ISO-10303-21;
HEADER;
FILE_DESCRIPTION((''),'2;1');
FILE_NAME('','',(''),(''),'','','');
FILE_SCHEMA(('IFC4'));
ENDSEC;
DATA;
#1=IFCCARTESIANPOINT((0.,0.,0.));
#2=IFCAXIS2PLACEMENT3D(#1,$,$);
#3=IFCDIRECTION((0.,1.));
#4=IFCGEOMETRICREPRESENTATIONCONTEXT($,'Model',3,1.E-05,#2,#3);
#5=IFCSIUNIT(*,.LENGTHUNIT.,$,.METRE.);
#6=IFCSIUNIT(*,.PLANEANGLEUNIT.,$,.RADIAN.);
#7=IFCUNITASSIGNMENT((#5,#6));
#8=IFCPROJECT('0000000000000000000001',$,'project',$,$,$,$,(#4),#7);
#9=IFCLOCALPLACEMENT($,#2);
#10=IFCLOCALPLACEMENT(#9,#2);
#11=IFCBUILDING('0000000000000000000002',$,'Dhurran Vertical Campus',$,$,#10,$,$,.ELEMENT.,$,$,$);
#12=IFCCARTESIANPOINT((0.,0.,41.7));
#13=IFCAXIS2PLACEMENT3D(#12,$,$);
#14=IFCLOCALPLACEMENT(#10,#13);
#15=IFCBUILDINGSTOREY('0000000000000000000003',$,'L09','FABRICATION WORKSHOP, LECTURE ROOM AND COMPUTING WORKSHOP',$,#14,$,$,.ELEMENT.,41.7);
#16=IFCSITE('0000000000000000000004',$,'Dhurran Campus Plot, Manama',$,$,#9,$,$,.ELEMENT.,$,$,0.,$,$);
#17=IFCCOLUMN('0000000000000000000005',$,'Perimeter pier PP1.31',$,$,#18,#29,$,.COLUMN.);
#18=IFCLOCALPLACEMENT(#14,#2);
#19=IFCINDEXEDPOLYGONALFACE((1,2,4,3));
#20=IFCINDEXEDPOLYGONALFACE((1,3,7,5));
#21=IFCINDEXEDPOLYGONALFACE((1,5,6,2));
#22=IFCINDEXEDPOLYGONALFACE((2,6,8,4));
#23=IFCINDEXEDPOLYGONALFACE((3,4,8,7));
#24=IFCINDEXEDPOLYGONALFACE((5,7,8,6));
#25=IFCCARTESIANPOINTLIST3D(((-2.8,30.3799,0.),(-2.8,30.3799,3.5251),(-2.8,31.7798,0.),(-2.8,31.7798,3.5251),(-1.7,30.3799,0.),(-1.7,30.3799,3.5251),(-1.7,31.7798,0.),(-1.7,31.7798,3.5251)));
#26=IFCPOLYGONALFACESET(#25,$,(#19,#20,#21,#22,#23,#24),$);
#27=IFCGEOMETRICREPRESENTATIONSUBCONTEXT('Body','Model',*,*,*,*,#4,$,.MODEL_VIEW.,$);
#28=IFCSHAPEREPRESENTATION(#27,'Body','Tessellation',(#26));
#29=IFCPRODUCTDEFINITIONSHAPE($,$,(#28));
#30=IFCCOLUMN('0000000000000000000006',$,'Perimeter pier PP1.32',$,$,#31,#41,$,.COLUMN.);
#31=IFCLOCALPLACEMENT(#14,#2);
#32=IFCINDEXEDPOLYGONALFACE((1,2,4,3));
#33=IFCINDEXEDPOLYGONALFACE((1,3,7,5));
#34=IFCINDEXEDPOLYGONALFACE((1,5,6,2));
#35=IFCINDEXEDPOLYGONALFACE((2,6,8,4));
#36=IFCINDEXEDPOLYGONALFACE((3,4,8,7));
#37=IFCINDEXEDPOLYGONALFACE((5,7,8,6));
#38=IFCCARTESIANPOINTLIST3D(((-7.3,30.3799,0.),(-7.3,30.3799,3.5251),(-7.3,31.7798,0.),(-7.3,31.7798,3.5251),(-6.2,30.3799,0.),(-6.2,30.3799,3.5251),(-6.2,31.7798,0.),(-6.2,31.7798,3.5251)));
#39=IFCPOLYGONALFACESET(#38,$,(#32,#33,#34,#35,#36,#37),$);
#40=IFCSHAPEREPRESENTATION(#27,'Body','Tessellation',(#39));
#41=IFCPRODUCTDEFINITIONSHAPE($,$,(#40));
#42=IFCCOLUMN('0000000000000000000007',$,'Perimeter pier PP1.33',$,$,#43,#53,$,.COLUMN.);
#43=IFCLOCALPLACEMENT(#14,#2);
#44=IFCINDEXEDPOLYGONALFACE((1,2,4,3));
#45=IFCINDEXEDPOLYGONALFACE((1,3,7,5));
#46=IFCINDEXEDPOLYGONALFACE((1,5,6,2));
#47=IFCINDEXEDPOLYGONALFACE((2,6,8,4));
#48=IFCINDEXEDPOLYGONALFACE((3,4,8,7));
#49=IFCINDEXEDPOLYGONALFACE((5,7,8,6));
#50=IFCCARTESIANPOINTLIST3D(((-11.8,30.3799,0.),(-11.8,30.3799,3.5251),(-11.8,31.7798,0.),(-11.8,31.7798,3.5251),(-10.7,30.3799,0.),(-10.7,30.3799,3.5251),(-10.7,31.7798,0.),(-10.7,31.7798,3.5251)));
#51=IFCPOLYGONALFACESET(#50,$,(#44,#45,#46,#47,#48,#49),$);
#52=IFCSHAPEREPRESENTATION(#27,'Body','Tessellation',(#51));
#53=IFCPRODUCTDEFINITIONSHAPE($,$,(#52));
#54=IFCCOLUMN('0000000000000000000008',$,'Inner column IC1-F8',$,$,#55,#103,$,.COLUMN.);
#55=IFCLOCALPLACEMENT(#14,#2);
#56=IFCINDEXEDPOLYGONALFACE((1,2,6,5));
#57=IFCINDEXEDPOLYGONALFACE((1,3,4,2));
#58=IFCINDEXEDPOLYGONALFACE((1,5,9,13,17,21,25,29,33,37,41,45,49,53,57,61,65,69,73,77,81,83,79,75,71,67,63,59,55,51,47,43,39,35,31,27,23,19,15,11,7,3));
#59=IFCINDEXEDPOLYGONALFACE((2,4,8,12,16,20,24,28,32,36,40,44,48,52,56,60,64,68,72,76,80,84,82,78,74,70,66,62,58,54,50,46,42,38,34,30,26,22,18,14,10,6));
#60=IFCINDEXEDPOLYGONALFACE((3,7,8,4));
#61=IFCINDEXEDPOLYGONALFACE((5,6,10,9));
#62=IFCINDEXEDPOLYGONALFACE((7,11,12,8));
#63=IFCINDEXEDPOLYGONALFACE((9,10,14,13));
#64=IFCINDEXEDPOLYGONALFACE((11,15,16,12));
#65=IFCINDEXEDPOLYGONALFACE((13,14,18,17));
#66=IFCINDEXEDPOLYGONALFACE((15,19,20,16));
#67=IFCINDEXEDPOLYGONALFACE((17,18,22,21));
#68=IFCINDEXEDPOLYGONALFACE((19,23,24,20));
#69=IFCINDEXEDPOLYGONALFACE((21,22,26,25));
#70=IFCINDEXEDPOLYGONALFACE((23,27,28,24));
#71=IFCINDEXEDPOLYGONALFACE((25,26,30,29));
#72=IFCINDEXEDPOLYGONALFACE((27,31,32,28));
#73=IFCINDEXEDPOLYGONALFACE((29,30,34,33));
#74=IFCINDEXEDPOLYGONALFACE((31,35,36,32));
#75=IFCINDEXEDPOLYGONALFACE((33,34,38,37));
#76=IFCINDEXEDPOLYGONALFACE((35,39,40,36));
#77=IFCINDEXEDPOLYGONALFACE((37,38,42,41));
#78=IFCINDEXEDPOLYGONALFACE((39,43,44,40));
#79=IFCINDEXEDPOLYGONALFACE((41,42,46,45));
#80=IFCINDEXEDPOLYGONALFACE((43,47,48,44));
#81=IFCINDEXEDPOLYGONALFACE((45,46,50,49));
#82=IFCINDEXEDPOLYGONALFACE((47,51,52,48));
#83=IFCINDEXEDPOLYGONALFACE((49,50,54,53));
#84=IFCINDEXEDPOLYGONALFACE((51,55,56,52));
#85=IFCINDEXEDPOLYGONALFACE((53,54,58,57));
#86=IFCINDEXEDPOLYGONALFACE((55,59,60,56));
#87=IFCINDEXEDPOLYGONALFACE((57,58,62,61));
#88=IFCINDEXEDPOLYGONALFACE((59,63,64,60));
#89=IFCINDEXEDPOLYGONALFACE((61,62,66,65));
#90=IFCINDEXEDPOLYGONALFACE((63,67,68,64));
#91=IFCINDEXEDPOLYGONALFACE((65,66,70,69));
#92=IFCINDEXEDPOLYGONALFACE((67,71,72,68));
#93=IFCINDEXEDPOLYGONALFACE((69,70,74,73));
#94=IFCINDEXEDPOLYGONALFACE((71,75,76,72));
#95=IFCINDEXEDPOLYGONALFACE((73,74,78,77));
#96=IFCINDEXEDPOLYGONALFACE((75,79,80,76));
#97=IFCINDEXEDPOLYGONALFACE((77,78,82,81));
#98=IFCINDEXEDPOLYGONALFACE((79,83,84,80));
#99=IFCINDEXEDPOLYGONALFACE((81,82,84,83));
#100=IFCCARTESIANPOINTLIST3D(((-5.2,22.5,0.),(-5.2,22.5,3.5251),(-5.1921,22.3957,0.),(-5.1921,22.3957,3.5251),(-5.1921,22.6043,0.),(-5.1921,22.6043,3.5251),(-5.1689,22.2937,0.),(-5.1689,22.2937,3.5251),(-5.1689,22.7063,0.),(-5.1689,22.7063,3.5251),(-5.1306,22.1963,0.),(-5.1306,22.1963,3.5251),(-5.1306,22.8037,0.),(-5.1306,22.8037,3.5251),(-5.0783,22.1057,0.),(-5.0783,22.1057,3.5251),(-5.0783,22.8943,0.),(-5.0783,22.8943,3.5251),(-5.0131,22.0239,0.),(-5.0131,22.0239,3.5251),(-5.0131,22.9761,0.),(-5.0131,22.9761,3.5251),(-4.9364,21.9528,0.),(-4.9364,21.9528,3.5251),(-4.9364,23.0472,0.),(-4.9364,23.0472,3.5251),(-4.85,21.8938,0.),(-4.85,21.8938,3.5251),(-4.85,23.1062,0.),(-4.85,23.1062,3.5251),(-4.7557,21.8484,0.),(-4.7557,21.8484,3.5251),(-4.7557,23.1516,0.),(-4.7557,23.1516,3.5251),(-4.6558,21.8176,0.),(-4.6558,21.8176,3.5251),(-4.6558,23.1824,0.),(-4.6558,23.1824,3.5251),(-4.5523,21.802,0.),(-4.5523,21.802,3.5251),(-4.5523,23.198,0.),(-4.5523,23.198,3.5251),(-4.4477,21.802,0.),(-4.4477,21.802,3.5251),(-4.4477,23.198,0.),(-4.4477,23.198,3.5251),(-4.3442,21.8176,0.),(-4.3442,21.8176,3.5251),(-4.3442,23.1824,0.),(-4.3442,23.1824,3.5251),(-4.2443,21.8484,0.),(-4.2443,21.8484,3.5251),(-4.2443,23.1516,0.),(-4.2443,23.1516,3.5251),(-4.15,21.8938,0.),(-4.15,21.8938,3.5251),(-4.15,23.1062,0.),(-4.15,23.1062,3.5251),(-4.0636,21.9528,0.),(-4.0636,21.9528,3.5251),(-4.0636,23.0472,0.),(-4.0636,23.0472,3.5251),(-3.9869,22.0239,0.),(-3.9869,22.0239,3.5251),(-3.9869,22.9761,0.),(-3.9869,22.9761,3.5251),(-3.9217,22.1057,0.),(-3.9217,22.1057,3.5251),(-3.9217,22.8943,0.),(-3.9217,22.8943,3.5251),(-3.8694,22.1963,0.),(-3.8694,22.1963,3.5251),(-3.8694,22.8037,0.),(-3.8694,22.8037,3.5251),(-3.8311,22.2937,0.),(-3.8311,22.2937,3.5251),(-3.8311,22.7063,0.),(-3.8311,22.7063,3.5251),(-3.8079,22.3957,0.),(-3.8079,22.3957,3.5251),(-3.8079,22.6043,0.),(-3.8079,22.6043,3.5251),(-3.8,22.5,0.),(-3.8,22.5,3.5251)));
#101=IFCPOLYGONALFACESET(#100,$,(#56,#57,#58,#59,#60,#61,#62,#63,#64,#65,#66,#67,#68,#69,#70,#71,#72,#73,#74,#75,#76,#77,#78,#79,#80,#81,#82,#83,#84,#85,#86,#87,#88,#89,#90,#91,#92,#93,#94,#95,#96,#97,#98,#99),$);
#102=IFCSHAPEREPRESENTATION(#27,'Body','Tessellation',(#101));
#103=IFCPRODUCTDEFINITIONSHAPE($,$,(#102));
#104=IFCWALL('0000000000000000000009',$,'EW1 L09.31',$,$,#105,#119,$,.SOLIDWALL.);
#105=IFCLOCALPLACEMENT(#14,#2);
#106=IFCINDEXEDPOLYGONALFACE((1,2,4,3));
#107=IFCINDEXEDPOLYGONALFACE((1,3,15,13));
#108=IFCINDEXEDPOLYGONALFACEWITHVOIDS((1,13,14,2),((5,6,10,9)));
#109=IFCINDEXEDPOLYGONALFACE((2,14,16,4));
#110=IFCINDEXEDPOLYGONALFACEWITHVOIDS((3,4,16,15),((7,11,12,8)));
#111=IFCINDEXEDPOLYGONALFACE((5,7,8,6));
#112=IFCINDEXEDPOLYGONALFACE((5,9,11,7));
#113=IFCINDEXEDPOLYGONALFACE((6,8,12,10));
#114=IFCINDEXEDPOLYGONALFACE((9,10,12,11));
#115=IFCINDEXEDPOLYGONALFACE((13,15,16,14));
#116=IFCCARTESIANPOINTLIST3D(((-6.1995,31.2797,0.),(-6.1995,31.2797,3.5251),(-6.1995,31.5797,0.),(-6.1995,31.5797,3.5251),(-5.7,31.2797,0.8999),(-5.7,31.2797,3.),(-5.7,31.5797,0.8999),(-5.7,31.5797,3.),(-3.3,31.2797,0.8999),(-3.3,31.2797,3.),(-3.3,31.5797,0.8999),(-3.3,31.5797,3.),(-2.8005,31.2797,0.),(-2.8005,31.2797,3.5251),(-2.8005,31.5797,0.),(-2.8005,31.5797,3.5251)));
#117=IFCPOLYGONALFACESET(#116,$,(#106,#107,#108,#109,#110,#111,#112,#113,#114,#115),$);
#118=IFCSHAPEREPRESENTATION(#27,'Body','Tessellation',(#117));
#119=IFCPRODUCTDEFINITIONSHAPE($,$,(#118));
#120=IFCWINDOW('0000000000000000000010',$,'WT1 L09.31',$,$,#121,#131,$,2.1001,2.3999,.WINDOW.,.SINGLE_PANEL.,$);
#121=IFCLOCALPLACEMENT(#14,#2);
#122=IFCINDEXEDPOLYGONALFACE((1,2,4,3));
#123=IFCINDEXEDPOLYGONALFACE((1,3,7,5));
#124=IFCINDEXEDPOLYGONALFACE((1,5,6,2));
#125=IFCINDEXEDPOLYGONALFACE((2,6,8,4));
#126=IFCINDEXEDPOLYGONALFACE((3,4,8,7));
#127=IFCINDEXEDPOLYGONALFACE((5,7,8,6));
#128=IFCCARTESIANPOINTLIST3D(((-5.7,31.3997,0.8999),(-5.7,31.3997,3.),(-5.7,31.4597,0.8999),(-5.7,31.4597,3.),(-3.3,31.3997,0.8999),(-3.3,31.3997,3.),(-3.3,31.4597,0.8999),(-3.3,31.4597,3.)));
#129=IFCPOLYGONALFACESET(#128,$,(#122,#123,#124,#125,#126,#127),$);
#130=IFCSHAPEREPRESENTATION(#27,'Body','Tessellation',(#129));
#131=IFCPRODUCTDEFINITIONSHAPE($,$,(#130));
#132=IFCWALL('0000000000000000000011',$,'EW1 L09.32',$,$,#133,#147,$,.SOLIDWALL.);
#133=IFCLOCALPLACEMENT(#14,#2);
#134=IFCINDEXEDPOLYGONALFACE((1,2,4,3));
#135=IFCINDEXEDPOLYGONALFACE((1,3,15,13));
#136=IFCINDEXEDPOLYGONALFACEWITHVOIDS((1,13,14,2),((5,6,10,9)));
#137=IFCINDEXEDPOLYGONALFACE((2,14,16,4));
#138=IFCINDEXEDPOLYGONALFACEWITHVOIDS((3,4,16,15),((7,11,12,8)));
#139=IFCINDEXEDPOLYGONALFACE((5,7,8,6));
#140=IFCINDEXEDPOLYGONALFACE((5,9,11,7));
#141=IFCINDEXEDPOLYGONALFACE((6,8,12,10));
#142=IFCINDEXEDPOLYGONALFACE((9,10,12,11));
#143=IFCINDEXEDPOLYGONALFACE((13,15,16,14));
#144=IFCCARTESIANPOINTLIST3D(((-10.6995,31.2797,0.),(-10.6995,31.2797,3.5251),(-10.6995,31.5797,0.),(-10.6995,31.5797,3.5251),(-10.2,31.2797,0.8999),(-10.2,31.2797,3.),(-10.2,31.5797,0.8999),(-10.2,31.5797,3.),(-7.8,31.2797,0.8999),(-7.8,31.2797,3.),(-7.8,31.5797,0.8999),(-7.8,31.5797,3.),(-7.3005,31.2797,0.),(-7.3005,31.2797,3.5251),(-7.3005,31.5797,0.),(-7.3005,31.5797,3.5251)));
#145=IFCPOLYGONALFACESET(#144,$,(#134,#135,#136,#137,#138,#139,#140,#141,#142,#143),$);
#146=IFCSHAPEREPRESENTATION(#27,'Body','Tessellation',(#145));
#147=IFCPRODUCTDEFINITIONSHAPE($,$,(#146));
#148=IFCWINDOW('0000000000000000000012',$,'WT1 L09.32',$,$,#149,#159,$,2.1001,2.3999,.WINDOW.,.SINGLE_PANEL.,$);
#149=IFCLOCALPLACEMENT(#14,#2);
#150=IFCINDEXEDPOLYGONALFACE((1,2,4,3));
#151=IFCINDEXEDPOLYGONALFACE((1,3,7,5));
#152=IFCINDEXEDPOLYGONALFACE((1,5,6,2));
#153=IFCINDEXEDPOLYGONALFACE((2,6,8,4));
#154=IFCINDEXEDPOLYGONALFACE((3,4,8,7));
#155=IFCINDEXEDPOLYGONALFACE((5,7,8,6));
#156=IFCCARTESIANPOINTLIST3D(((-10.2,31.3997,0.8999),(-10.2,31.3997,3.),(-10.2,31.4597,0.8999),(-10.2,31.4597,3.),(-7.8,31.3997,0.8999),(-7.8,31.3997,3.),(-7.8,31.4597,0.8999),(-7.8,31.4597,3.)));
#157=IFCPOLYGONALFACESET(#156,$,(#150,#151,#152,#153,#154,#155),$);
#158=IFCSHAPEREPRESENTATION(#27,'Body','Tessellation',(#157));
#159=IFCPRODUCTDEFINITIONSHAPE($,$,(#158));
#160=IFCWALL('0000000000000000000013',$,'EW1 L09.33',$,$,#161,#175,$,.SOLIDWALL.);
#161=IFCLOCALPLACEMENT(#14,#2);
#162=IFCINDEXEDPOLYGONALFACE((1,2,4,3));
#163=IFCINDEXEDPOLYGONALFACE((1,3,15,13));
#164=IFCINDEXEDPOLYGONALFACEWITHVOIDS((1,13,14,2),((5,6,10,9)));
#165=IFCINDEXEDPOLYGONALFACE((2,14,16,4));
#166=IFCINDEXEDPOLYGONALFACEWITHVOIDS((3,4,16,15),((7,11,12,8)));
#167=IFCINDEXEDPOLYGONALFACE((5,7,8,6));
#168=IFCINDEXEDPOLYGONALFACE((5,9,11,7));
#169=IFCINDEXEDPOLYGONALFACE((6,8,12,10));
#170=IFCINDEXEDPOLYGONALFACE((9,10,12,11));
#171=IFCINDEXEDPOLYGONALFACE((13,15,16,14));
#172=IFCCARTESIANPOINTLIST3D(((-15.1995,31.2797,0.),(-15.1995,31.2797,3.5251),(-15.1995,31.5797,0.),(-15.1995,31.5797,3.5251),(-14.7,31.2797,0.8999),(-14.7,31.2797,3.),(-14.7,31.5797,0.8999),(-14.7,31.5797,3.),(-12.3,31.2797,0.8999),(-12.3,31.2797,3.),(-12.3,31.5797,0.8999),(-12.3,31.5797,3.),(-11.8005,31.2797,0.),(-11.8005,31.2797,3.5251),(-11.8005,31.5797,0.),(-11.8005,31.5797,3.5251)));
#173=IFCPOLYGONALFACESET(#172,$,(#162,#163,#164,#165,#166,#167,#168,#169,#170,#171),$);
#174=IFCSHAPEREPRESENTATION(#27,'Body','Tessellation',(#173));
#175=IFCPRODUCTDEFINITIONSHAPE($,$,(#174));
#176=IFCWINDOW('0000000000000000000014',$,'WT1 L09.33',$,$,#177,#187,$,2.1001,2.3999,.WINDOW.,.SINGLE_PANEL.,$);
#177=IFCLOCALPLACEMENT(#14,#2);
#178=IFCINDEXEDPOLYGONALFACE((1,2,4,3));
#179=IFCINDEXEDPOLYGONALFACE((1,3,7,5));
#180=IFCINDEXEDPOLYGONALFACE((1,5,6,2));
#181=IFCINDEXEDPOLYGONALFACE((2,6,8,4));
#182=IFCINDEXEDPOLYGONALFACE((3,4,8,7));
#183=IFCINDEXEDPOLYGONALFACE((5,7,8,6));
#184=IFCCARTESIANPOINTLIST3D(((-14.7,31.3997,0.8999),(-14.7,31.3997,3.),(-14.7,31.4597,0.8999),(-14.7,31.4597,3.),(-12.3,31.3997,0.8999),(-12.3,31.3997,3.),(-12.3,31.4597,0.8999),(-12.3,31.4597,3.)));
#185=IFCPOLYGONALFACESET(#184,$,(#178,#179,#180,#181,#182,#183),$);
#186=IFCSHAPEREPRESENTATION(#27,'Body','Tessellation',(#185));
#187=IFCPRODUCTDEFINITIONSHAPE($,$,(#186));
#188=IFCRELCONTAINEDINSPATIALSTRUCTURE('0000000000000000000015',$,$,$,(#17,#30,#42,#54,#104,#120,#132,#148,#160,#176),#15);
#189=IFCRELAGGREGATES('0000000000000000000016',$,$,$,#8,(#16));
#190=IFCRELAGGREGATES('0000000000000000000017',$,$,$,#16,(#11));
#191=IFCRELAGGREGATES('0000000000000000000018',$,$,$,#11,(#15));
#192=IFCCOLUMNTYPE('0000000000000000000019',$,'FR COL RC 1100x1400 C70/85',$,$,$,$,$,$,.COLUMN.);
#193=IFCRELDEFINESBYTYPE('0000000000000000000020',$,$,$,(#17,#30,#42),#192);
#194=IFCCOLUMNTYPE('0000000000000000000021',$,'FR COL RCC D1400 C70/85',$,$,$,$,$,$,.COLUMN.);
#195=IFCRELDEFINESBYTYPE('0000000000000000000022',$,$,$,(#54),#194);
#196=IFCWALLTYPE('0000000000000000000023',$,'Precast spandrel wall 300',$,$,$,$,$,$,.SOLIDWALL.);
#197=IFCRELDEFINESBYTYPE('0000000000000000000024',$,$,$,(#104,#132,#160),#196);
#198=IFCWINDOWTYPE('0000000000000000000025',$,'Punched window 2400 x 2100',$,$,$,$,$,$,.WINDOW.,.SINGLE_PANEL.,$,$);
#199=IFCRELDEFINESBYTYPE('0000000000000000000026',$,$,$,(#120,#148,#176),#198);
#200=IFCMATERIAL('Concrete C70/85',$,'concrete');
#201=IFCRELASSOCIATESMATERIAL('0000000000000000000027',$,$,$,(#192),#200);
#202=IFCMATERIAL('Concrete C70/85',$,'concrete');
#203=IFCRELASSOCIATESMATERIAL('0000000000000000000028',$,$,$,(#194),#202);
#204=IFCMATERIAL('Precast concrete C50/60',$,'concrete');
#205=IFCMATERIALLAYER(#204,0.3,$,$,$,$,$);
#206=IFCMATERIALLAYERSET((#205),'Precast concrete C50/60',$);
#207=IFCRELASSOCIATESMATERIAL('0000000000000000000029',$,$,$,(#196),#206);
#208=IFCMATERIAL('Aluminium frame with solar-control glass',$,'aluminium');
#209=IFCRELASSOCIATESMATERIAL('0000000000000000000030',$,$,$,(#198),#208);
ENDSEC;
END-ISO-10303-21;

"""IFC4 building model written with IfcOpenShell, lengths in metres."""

from ifc_helpers import new_model, si_unit, direction, frame, frame_2d, origin, origin_2d, place, context, subcontext, project, spatial, rectangle, circle, extrude, material, layer, layer_set, material_profile, profile_set, type_object, element, fill, save


model = new_model("IFC4")

# Units and contexts
model_context = context("Model", 3, precision=1e-05, world=origin(), true_north=direction((0.0, 1.0)))
body_context = subcontext(model_context, "Body", "Model", "MODEL_VIEW")
ifc_project = project(units=[si_unit("LENGTHUNIT", "METRE"), si_unit("PLANEANGLEUNIT", "RADIAN")], contexts=[model_context])

# Site, building, storey
site_placement = place(None, origin())
site = spatial("IfcSite", under=ifc_project, at=site_placement, Name="Dhurran Campus Plot, Manama", CompositionType="ELEMENT", RefElevation=0.0)
building_placement = place(site_placement, origin())
building = spatial("IfcBuilding", under=site, at=building_placement, Name="Dhurran Vertical Campus", CompositionType="ELEMENT")
storey_placement = place(building_placement, frame((0.0, 0.0, 41.7)))
storey = spatial("IfcBuildingStorey", under=building, at=storey_placement, Name="L09", Description="FABRICATION WORKSHOP, LECTURE ROOM AND COMPUTING WORKSHOP", CompositionType="ELEMENT", Elevation=41.7)

# Columns
ifc_material_1 = material(Name="Concrete C70/85", Category="concrete")
ifc_material_profile_1 = material_profile(ifc_material_1, rectangle(XDim=1.1001, YDim=1.3999, at=origin_2d()), Name="RC 1100x1400")
ifc_profile_set_1 = profile_set([ifc_material_profile_1], Name="Concrete C70/85")
column_type_1 = type_object("IfcColumnType", Name="FR COL RC 1100x1400 C70/85", PredefinedType="COLUMN", material=ifc_profile_set_1)
for number, where, z_axis, x_axis, name in (
    (1, (-2.25, 31.0798, 0.0), (0.0, 0.0, 1.0), (-1.0, 0.0, 0.0), "Perimeter pier PP1.31"),
    (2, (-6.75, 31.0798, 0.0), (0.0, 0.0, 1.0), (-1.0, 0.0, 0.0), "Perimeter pier PP1.32"),
    (3, (-11.25, 31.0798, 0.0), (0.0, 0.0, 1.0), (-1.0, 0.0, 0.0), "Perimeter pier PP1.33"),
):
    element("IfcColumn", number, at=place(storey_placement, frame(where, z_axis=z_axis, x_axis=x_axis)), inside=storey, type_object=column_type_1, Name=name, PredefinedType="COLUMN", context=body_context, shape_type="SweptSolid", body=[
        extrude(rectangle(XDim=1.1001, YDim=1.3999, at=origin_2d()), origin(), (0.0, 0.0, 1.0), 3.5251),
    ])
ifc_material_2 = material(Name="Concrete C70/85", Category="concrete")
ifc_material_profile_2 = material_profile(ifc_material_2, circle(Radius=0.7, at=origin_2d()), Name="RCC D1400")
ifc_profile_set_2 = profile_set([ifc_material_profile_2], Name="Concrete C70/85")
column_type_2 = type_object("IfcColumnType", Name="FR COL RCC D1400 C70/85", PredefinedType="COLUMN", material=ifc_profile_set_2)
column_placement = place(storey_placement, frame((-4.5, 22.5, 0.0), z_axis=(0.0, 0.0, 1.0), x_axis=(1.0, 0.0, 0.0)))
element("IfcColumn", 4, at=column_placement, inside=storey, type_object=column_type_2, Name="Inner column IC1-F8", PredefinedType="COLUMN", context=body_context, shape_type="SweptSolid", body=[
    extrude(circle(Radius=0.7, at=origin_2d()), origin(), (0.0, 0.0, 1.0), 3.5251),
])

# Walls, openings, windows
ifc_material_3 = material(Name="Precast concrete C50/60", Category="concrete")
ifc_layer_1 = layer(ifc_material_3, 0.3)
ifc_layer_set_1 = layer_set([ifc_layer_1], Name="Precast concrete C50/60")
wall_type_1 = type_object("IfcWallType", Name="Precast spandrel wall 300", PredefinedType="SOLIDWALL", material=ifc_layer_set_1)
wall_1_placement = place(storey_placement, frame((-2.8005, 31.4297, 0.0), z_axis=(0.0, 0.0, 1.0), x_axis=(-1.0, 0.0, 0.0)))
wall_1 = element("IfcWall", 5, at=wall_1_placement, inside=storey, type_object=wall_type_1, Name="EW1 L09.31", PredefinedType="SOLIDWALL", context=body_context, shape_type="SweptSolid", body=[
    extrude(rectangle(XDim=3.3989, YDim=0.3, at=frame_2d((1.6995, 0.0))), origin(), (0.0, 0.0, 1.0), 3.5251),
])
opening_1_placement = place(wall_1_placement, frame((0.4995, 0.0, 0.8999)))
opening_1 = element("IfcOpeningElement", 6, at=opening_1_placement, cuts=wall_1, PredefinedType="OPENING", context=body_context, shape_type="SweptSolid", body=[
    extrude(rectangle(XDim=2.3999, YDim=2.1001, at=frame_2d((1.2, 1.05))), frame((0.0, 0.1599, 0.0), z_axis=(0.0, -1.0, 0.0), x_axis=(1.0, 0.0, 0.0)), (0.0, 0.0, 1.0), 0.3201),
])
ifc_material_4 = material(Name="Aluminium frame with solar-control glass", Category="aluminium")
window_type = type_object("IfcWindowType", Name="Punched window 2400 x 2100", PartitioningType="SINGLE_PANEL", PredefinedType="WINDOW", material=ifc_material_4)
window_1_placement = place(opening_1_placement, origin())
window_1 = element("IfcWindow", 7, at=window_1_placement, inside=storey, type_object=window_type, Name="WT1 L09.31", OverallHeight=2.1001, OverallWidth=2.3999, PartitioningType="SINGLE_PANEL", PredefinedType="WINDOW", context=body_context, shape_type="SweptSolid", body=[
    extrude(rectangle(XDim=2.3999, YDim=2.1001, at=frame_2d((1.2, 1.05))), frame((0.0, 0.03, 0.0), z_axis=(0.0, -1.0, 0.0), x_axis=(1.0, 0.0, 0.0)), (0.0, 0.0, 1.0), 0.0601),
])
fill(opening_1, window_1)
wall_2_placement = place(storey_placement, frame((-7.3005, 31.4297, 0.0), z_axis=(0.0, 0.0, 1.0), x_axis=(-1.0, 0.0, 0.0)))
wall_2 = element("IfcWall", 8, at=wall_2_placement, inside=storey, type_object=wall_type_1, Name="EW1 L09.32", PredefinedType="SOLIDWALL", context=body_context, shape_type="SweptSolid", body=[
    extrude(rectangle(XDim=3.3989, YDim=0.3, at=frame_2d((1.6995, 0.0))), origin(), (0.0, 0.0, 1.0), 3.5251),
])
opening_2_placement = place(wall_2_placement, frame((0.4995, 0.0, 0.8999)))
opening_2 = element("IfcOpeningElement", 9, at=opening_2_placement, cuts=wall_2, PredefinedType="OPENING", context=body_context, shape_type="SweptSolid", body=[
    extrude(rectangle(XDim=2.3999, YDim=2.1001, at=frame_2d((1.2, 1.05))), frame((0.0, 0.1599, 0.0), z_axis=(0.0, -1.0, 0.0), x_axis=(1.0, 0.0, 0.0)), (0.0, 0.0, 1.0), 0.3201),
])
window_2_placement = place(opening_2_placement, origin())
window_2 = element("IfcWindow", 10, at=window_2_placement, inside=storey, type_object=window_type, Name="WT1 L09.32", OverallHeight=2.1001, OverallWidth=2.3999, PartitioningType="SINGLE_PANEL", PredefinedType="WINDOW", context=body_context, shape_type="SweptSolid", body=[
    extrude(rectangle(XDim=2.3999, YDim=2.1001, at=frame_2d((1.2, 1.05))), frame((0.0, 0.03, 0.0), z_axis=(0.0, -1.0, 0.0), x_axis=(1.0, 0.0, 0.0)), (0.0, 0.0, 1.0), 0.0601),
])
fill(opening_2, window_2)
wall_3_placement = place(storey_placement, frame((-11.8005, 31.4297, 0.0), z_axis=(0.0, 0.0, 1.0), x_axis=(-1.0, 0.0, 0.0)))
wall_3 = element("IfcWall", 11, at=wall_3_placement, inside=storey, type_object=wall_type_1, Name="EW1 L09.33", PredefinedType="SOLIDWALL", context=body_context, shape_type="SweptSolid", body=[
    extrude(rectangle(XDim=3.3989, YDim=0.3, at=frame_2d((1.6995, 0.0))), origin(), (0.0, 0.0, 1.0), 3.5251),
])
opening_3_placement = place(wall_3_placement, frame((0.4995, 0.0, 0.8999)))
opening_3 = element("IfcOpeningElement", 12, at=opening_3_placement, cuts=wall_3, PredefinedType="OPENING", context=body_context, shape_type="SweptSolid", body=[
    extrude(rectangle(XDim=2.3999, YDim=2.1001, at=frame_2d((1.2, 1.05))), frame((0.0, 0.1599, 0.0), z_axis=(0.0, -1.0, 0.0), x_axis=(1.0, 0.0, 0.0)), (0.0, 0.0, 1.0), 0.3201),
])
window_3_placement = place(opening_3_placement, origin())
window_3 = element("IfcWindow", 13, at=window_3_placement, inside=storey, type_object=window_type, Name="WT1 L09.33", OverallHeight=2.1001, OverallWidth=2.3999, PartitioningType="SINGLE_PANEL", PredefinedType="WINDOW", context=body_context, shape_type="SweptSolid", body=[
    extrude(rectangle(XDim=2.3999, YDim=2.1001, at=frame_2d((1.2, 1.05))), frame((0.0, 0.03, 0.0), z_axis=(0.0, -1.0, 0.0), x_axis=(1.0, 0.0, 0.0)), (0.0, 0.0, 1.0), 0.0601),
])
fill(opening_3, window_3)

save(model, "model.ifc")
